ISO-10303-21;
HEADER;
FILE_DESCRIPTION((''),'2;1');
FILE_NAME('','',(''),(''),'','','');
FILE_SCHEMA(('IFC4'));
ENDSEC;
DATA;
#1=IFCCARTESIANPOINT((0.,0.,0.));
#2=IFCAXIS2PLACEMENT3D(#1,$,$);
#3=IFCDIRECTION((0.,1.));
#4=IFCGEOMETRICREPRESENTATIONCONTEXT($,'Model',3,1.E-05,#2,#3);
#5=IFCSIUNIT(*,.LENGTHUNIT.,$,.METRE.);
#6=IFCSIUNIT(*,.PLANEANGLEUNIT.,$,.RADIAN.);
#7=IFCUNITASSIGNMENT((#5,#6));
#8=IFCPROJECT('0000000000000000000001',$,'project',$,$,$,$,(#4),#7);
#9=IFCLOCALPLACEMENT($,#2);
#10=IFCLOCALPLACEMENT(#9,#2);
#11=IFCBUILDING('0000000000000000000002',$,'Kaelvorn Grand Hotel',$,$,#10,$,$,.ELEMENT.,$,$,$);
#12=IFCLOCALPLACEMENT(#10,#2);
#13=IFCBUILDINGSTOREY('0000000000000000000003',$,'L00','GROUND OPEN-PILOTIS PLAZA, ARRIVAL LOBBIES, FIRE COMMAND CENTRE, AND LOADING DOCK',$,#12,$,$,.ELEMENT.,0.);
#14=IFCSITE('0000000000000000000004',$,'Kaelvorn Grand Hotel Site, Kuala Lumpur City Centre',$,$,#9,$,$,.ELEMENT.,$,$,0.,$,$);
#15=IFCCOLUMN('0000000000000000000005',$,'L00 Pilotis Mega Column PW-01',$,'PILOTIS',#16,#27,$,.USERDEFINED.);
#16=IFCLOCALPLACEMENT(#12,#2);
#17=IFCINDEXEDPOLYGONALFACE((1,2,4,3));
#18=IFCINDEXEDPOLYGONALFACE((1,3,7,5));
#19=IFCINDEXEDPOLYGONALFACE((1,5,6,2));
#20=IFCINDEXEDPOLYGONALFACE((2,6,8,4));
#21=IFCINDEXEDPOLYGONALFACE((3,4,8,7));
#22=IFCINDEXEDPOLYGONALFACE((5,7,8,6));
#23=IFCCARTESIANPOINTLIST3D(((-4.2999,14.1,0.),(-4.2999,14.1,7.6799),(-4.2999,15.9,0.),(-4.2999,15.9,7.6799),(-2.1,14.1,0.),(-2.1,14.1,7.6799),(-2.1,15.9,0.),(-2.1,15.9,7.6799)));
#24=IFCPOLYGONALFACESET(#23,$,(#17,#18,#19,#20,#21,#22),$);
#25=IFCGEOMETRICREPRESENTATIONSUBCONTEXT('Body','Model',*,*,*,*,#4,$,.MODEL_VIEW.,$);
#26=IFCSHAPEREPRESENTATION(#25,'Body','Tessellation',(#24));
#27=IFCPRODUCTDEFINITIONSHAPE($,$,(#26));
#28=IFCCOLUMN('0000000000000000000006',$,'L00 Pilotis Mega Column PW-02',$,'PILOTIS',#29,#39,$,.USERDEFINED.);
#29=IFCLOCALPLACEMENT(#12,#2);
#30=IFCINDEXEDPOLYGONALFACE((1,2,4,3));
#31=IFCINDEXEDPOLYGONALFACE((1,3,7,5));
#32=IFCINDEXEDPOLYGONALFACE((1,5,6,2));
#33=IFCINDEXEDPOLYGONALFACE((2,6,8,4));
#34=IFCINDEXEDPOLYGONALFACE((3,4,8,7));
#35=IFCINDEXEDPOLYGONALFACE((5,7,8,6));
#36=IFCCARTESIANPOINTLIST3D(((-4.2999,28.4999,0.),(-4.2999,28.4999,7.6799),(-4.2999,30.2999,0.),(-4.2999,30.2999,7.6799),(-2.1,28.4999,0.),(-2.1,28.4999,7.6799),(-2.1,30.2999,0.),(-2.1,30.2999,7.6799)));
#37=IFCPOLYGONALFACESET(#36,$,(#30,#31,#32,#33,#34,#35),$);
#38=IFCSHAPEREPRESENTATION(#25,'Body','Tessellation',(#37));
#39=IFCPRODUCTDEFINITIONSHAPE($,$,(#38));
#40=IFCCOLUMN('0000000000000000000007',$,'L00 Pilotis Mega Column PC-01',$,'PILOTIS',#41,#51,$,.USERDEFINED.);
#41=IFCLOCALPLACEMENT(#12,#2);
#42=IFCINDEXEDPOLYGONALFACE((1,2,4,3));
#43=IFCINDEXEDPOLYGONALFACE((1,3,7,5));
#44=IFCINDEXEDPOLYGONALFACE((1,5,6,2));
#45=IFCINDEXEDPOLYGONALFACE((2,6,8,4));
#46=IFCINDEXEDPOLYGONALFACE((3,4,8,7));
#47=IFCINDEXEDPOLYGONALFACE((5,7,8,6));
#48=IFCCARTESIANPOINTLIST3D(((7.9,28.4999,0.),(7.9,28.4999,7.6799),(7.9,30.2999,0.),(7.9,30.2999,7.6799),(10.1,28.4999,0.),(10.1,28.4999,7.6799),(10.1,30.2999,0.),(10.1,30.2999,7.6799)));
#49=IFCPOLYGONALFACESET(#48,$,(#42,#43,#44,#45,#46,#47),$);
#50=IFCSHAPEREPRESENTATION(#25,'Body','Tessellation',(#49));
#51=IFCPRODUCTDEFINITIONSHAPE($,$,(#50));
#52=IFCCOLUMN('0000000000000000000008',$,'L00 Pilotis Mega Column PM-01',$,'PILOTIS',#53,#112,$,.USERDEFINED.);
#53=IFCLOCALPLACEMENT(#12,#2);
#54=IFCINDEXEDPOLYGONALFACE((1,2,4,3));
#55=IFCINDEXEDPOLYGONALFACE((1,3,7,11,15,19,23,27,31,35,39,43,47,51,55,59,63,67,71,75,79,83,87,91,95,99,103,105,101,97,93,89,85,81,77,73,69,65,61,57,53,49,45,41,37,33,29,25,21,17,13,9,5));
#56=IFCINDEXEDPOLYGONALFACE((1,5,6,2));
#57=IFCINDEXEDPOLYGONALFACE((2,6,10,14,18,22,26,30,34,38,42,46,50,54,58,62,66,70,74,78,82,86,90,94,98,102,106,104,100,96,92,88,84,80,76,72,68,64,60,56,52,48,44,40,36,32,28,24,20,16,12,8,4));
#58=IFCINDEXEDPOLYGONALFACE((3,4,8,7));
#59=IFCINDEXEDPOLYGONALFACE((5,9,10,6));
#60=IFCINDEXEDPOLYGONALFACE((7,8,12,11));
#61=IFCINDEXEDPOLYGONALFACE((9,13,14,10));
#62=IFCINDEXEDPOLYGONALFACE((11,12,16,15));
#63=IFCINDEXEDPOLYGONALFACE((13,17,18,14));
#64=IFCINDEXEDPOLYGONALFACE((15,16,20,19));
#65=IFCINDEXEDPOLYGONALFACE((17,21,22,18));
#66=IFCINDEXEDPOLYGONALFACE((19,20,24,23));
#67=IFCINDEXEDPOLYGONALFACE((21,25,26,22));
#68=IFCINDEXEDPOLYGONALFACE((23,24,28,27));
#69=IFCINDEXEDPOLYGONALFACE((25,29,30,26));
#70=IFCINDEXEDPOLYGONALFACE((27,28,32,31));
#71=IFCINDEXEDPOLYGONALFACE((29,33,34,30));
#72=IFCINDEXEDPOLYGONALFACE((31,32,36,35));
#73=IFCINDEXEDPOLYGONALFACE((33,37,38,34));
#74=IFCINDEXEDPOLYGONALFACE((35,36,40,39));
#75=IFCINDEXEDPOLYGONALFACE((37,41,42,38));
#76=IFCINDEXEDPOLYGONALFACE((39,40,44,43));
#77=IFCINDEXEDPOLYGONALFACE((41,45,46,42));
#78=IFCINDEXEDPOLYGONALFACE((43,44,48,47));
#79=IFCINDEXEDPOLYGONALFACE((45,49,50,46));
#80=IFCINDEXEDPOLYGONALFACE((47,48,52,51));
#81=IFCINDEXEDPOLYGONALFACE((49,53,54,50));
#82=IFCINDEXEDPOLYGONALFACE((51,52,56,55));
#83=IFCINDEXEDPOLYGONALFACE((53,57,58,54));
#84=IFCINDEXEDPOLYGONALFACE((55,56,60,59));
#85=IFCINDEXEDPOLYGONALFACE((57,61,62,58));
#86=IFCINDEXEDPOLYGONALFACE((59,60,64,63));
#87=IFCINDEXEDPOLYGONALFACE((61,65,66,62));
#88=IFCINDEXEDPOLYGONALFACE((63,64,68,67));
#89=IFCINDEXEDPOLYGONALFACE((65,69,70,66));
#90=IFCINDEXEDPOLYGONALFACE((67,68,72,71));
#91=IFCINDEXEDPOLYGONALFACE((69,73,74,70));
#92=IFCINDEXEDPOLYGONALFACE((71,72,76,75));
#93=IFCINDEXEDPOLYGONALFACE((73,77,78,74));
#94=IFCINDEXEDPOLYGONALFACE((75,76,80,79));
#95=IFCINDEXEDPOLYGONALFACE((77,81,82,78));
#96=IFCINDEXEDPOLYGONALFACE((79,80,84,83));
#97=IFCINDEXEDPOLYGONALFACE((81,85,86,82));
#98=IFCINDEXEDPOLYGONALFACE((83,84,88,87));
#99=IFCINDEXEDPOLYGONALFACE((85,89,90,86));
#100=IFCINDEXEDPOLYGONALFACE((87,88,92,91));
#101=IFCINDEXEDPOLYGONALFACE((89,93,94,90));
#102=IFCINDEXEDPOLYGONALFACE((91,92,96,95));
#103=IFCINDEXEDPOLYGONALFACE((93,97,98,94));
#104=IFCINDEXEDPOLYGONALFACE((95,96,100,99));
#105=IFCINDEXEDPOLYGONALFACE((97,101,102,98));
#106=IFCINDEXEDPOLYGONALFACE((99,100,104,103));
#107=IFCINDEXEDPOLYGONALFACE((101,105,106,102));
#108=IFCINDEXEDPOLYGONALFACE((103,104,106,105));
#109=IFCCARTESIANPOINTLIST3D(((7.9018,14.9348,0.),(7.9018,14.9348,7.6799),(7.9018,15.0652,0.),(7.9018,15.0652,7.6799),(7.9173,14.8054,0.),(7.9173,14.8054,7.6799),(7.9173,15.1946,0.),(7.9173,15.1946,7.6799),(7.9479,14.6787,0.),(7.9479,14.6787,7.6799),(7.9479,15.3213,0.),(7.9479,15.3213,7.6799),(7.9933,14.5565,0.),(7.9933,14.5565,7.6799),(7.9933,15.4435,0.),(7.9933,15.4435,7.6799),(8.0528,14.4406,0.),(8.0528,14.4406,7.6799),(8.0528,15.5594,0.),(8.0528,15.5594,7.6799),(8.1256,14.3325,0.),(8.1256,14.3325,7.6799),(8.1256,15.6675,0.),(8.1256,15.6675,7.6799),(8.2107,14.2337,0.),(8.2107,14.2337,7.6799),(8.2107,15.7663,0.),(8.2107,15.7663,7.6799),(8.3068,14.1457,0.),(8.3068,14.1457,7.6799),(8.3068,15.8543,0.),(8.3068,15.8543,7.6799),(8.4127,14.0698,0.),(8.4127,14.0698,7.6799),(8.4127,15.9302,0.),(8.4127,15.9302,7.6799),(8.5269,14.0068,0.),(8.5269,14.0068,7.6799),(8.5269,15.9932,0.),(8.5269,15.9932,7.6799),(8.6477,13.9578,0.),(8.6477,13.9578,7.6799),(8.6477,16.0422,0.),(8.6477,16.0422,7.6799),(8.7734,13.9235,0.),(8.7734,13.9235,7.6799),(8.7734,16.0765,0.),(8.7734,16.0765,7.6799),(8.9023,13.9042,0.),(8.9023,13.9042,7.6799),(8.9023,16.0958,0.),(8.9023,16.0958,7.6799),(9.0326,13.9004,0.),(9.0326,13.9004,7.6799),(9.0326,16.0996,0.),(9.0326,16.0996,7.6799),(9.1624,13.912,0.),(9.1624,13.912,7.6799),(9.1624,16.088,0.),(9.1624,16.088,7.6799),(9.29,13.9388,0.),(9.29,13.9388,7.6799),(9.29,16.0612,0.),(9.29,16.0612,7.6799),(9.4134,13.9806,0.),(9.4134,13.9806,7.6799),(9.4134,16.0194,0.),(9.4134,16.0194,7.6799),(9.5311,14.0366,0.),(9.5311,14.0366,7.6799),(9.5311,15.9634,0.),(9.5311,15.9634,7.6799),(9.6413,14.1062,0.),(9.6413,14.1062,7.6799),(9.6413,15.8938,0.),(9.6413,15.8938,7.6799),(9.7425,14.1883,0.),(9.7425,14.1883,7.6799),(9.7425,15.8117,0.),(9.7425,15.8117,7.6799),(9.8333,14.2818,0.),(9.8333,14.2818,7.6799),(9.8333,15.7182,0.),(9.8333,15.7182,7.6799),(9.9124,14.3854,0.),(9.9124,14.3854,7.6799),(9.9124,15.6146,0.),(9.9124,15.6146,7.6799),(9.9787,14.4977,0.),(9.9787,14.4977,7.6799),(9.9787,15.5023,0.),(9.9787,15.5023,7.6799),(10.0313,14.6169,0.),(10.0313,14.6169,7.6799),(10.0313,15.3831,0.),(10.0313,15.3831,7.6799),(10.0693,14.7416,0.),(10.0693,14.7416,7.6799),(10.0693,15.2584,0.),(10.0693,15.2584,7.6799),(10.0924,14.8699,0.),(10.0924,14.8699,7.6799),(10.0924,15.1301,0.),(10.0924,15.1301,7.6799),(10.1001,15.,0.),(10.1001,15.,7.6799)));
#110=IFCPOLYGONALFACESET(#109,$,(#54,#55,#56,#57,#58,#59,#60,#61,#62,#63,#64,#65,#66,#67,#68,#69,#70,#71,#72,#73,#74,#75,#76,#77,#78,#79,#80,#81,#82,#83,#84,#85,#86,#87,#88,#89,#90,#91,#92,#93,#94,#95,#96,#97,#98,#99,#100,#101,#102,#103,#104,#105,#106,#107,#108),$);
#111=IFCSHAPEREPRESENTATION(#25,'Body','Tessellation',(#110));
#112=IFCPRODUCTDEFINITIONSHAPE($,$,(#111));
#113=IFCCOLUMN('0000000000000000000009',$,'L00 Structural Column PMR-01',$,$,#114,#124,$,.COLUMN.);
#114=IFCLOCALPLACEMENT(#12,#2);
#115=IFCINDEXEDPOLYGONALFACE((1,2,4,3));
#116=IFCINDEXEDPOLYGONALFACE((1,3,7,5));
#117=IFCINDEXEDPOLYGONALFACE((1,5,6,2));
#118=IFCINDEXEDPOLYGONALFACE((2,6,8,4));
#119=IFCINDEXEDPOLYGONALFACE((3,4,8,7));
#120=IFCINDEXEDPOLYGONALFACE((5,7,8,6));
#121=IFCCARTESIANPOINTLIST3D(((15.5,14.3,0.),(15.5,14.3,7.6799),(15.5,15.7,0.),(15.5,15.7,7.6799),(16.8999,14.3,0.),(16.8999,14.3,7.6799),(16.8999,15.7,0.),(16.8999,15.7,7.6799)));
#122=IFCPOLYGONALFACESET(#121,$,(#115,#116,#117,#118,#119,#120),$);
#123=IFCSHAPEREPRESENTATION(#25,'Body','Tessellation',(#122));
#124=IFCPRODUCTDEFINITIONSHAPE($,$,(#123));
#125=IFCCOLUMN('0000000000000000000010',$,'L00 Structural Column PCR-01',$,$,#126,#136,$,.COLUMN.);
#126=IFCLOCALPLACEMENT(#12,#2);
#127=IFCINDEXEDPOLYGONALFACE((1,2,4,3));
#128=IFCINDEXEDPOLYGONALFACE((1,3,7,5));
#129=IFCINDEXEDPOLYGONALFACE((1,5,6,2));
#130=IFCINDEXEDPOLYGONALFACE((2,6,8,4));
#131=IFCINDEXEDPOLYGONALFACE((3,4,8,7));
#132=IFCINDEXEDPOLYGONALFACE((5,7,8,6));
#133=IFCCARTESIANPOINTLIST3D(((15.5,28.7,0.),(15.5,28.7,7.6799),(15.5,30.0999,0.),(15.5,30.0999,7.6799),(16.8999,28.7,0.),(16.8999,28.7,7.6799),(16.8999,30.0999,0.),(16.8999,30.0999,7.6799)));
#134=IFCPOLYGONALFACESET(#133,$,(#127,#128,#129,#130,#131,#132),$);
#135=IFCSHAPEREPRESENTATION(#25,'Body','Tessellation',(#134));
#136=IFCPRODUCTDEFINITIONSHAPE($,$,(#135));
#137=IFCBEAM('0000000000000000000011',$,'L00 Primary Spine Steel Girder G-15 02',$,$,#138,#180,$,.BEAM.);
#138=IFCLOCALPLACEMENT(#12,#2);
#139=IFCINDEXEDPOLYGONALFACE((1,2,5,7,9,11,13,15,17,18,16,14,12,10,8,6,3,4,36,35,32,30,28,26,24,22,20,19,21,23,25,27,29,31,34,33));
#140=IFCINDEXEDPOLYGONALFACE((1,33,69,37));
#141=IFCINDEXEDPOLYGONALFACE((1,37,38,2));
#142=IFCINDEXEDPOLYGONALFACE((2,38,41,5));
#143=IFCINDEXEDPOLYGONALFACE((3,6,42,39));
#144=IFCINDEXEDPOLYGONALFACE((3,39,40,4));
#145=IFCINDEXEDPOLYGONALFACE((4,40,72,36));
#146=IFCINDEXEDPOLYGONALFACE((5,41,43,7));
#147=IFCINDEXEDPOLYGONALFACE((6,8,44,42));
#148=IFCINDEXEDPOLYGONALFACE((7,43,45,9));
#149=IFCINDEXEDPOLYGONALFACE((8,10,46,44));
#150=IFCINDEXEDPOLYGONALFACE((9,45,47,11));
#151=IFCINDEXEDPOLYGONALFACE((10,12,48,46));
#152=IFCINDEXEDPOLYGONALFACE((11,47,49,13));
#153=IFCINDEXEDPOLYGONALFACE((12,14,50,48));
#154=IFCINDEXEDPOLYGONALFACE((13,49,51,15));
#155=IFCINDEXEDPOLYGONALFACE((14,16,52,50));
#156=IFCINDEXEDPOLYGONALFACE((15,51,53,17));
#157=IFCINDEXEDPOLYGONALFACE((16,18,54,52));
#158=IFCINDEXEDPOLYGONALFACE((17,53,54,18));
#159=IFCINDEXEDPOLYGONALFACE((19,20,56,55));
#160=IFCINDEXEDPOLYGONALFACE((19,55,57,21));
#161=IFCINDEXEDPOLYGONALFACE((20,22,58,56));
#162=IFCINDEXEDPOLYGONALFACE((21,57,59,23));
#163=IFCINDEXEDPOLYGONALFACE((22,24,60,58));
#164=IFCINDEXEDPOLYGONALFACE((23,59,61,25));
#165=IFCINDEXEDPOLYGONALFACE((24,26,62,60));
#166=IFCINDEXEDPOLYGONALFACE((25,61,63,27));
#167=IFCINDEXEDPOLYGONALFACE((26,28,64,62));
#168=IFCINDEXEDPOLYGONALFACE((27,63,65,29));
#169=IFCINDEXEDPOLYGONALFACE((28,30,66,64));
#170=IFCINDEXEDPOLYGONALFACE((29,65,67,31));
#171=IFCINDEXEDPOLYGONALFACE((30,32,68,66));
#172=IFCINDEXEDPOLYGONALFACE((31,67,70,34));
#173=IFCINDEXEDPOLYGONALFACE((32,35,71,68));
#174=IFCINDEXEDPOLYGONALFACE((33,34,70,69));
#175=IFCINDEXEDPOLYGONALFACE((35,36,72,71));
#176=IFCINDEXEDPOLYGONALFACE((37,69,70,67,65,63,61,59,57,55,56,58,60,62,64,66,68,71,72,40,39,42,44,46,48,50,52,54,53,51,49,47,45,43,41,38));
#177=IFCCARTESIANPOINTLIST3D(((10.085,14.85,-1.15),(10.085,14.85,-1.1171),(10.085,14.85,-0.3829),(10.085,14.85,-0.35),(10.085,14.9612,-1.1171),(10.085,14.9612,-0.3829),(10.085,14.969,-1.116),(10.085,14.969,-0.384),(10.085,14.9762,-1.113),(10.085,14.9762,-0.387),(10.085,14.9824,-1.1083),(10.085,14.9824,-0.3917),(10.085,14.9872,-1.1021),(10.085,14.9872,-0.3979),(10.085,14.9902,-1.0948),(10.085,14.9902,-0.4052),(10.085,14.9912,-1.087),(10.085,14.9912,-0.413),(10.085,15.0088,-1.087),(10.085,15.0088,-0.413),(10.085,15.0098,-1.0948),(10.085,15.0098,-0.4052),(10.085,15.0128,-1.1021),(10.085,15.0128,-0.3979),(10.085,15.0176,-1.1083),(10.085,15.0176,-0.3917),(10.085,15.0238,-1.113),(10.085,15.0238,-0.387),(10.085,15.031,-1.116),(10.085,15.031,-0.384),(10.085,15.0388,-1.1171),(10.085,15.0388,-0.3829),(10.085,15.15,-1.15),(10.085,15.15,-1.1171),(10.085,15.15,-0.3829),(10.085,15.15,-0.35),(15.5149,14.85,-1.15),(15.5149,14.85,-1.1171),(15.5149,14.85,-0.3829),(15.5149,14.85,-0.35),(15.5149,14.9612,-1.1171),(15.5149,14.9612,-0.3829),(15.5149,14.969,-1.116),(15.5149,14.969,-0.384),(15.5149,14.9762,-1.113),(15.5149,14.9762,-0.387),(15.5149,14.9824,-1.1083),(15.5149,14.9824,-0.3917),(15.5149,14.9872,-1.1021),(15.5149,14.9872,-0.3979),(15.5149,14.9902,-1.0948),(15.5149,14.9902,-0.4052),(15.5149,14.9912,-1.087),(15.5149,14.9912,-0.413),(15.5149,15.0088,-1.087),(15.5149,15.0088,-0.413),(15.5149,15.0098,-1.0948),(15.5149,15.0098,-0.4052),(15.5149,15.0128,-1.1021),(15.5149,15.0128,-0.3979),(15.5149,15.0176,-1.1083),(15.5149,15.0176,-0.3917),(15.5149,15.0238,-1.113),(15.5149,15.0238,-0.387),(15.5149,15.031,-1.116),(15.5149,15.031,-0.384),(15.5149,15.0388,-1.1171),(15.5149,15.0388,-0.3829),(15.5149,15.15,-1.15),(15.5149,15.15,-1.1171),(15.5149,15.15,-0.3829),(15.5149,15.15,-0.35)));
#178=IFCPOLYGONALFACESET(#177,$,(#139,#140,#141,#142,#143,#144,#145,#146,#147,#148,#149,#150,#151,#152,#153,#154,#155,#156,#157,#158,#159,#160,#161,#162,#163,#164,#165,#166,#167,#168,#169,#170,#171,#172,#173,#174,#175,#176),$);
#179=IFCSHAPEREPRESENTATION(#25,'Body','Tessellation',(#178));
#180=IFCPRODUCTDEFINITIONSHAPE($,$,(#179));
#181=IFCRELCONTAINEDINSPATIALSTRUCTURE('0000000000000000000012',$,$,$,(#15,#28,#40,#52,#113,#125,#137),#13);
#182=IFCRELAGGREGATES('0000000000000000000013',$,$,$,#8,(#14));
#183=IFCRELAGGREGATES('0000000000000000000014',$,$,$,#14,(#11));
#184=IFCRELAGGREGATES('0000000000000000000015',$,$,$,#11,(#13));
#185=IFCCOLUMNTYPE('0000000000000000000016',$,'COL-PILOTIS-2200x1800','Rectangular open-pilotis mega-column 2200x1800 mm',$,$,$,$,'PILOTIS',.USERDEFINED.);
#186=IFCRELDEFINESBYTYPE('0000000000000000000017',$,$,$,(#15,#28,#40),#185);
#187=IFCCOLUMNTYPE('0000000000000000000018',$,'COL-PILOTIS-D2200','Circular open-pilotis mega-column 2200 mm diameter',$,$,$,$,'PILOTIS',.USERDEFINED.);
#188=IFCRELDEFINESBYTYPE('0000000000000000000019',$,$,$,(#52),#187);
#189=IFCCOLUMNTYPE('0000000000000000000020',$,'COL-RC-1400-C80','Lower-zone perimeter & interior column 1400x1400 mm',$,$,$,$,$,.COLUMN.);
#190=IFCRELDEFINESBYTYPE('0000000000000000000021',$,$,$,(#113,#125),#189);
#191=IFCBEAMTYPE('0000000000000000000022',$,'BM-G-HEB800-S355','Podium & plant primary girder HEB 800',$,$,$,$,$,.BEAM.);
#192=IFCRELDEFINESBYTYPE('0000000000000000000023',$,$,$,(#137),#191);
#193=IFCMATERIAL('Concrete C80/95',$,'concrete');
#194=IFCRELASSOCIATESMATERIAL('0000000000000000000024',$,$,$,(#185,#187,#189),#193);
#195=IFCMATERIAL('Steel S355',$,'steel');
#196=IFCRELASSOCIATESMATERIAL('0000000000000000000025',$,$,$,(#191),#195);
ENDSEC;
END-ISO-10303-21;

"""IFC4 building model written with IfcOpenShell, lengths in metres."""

from ifc_helpers import new_model, si_unit, direction, frame, origin, origin_2d, place, context, subcontext, project, spatial, rectangle, circle, i_section, extrude, material, material_profile, profile_set, type_object, element, save


model = new_model("IFC4")

# Units and contexts
model_context = context("Model", 3, precision=1e-05, world=origin(), true_north=direction((0.0, 1.0)))
body_context = subcontext(model_context, "Body", "Model", "MODEL_VIEW")
ifc_project = project(units=[si_unit("LENGTHUNIT", "METRE"), si_unit("PLANEANGLEUNIT", "RADIAN")], contexts=[model_context])

# Site, building, storey
site_placement = place(None, origin())
site = spatial("IfcSite", under=ifc_project, at=site_placement, Name="Kaelvorn Grand Hotel Site, Kuala Lumpur City Centre", CompositionType="ELEMENT", RefElevation=0.0)
building_placement = place(site_placement, origin())
building = spatial("IfcBuilding", under=site, at=building_placement, Name="Kaelvorn Grand Hotel", CompositionType="ELEMENT")
storey_placement = place(building_placement, origin())
storey = spatial("IfcBuildingStorey", under=building, at=storey_placement, Name="L00", Description="GROUND OPEN-PILOTIS PLAZA, ARRIVAL LOBBIES, FIRE COMMAND CENTRE, AND LOADING DOCK", CompositionType="ELEMENT", Elevation=0.0)

# Columns
ifc_material_1 = material(Name="Concrete C80/95", Category="concrete")
ifc_material_profile_1 = material_profile(ifc_material_1, rectangle(XDim=2.2, YDim=1.8, at=origin_2d()), Name="PILOTIS 2200x1800")
ifc_profile_set_1 = profile_set([ifc_material_profile_1], Name="Concrete C80/95")
column_type_1 = type_object("IfcColumnType", Name="COL-PILOTIS-2200x1800", Description="Rectangular open-pilotis mega-column 2200x1800 mm", ElementType="PILOTIS", PredefinedType="USERDEFINED", material=ifc_profile_set_1)
for number, where, z_axis, x_axis, name in (
    (1, (-3.2, 15.0, 0.0), (0.0, 0.0, 1.0), (1.0, 0.0, 0.0), "L00 Pilotis Mega Column PW-01"),
    (2, (-3.2, 29.3999, 0.0), (0.0, 0.0, 1.0), (1.0, 0.0, 0.0), "L00 Pilotis Mega Column PW-02"),
    (3, (9.0, 29.3999, 0.0), (0.0, 0.0, 1.0), (1.0, 0.0, 0.0), "L00 Pilotis Mega Column PC-01"),
):
    element("IfcColumn", number, at=place(storey_placement, frame(where, z_axis=z_axis, x_axis=x_axis)), inside=storey, type_object=column_type_1, Name=name, ObjectType="PILOTIS", PredefinedType="USERDEFINED", context=body_context, shape_type="SweptSolid", body=[
        extrude(rectangle(XDim=2.2, YDim=1.8, at=origin_2d()), origin(), (0.0, 0.0, 1.0), 7.6799),
    ])
ifc_material_profile_2 = material_profile(ifc_material_1, circle(Radius=1.1001, at=origin_2d()), Name="PILOTIS D2200")
ifc_profile_set_2 = profile_set([ifc_material_profile_2], Name="Concrete C80/95")
column_type_2 = type_object("IfcColumnType", Name="COL-PILOTIS-D2200", Description="Circular open-pilotis mega-column 2200 mm diameter", ElementType="PILOTIS", PredefinedType="USERDEFINED", material=ifc_profile_set_2)
column_placement = place(storey_placement, frame((9.0, 15.0, 0.0), z_axis=(0.0, 0.0, 1.0), x_axis=(1.0, 0.0, 0.0)))
element("IfcColumn", 4, at=column_placement, inside=storey, type_object=column_type_2, Name="L00 Pilotis Mega Column PM-01", ObjectType="PILOTIS", PredefinedType="USERDEFINED", context=body_context, shape_type="SweptSolid", body=[
    extrude(circle(Radius=1.1001, at=origin_2d()), origin(), (0.0, 0.0, 1.0), 7.6799),
])
ifc_material_profile_3 = material_profile(ifc_material_1, rectangle(XDim=1.3999, YDim=1.3999, at=origin_2d()), Name="RC COL 1400x1400")
ifc_profile_set_3 = profile_set([ifc_material_profile_3], Name="Concrete C80/95")
column_type_3 = type_object("IfcColumnType", Name="COL-RC-1400-C80", Description="Lower-zone perimeter & interior column 1400x1400 mm", PredefinedType="COLUMN", material=ifc_profile_set_3)
for number, where, z_axis, x_axis, name in (
    (5, (16.2, 15.0, 0.0), (0.0, 0.0, 1.0), (1.0, 0.0, 0.0), "L00 Structural Column PMR-01"),
    (6, (16.2, 29.3999, 0.0), (0.0, 0.0, 1.0), (1.0, 0.0, 0.0), "L00 Structural Column PCR-01"),
):
    element("IfcColumn", number, at=place(storey_placement, frame(where, z_axis=z_axis, x_axis=x_axis)), inside=storey, type_object=column_type_3, Name=name, PredefinedType="COLUMN", context=body_context, shape_type="SweptSolid", body=[
        extrude(rectangle(XDim=1.3999, YDim=1.3999, at=origin_2d()), origin(), (0.0, 0.0, 1.0), 7.6799),
    ])

# Beam
ifc_material_2 = material(Name="Steel S355", Category="steel")
ifc_material_profile_4 = material_profile(ifc_material_2, i_section(OverallWidth=0.3, OverallDepth=0.8, WebThickness=0.0176, FlangeThickness=0.033, FilletRadius=0.03, at=origin_2d()), Name="HEB 800")
ifc_profile_set_4 = profile_set([ifc_material_profile_4], Name="Steel S355")
beam_type_1 = type_object("IfcBeamType", Name="BM-G-HEB800-S355", Description="Podium & plant primary girder HEB 800", PredefinedType="BEAM", material=ifc_profile_set_4)
beam_1_placement = place(storey_placement, frame((10.085, 15.0, -0.75), z_axis=(1.0, 0.0, 0.0), x_axis=(0.0, 1.0, 0.0)))
element("IfcBeam", 7, at=beam_1_placement, inside=storey, type_object=beam_type_1, Name="L00 Primary Spine Steel Girder G-15 02", PredefinedType="BEAM", context=body_context, shape_type="SweptSolid", body=[
    extrude(i_section(OverallWidth=0.3, OverallDepth=0.8, WebThickness=0.0176, FlangeThickness=0.033, FilletRadius=0.03, at=origin_2d()), origin(), (0.0, 0.0, 1.0), 5.4299),
])

save(model, "model.ifc")
